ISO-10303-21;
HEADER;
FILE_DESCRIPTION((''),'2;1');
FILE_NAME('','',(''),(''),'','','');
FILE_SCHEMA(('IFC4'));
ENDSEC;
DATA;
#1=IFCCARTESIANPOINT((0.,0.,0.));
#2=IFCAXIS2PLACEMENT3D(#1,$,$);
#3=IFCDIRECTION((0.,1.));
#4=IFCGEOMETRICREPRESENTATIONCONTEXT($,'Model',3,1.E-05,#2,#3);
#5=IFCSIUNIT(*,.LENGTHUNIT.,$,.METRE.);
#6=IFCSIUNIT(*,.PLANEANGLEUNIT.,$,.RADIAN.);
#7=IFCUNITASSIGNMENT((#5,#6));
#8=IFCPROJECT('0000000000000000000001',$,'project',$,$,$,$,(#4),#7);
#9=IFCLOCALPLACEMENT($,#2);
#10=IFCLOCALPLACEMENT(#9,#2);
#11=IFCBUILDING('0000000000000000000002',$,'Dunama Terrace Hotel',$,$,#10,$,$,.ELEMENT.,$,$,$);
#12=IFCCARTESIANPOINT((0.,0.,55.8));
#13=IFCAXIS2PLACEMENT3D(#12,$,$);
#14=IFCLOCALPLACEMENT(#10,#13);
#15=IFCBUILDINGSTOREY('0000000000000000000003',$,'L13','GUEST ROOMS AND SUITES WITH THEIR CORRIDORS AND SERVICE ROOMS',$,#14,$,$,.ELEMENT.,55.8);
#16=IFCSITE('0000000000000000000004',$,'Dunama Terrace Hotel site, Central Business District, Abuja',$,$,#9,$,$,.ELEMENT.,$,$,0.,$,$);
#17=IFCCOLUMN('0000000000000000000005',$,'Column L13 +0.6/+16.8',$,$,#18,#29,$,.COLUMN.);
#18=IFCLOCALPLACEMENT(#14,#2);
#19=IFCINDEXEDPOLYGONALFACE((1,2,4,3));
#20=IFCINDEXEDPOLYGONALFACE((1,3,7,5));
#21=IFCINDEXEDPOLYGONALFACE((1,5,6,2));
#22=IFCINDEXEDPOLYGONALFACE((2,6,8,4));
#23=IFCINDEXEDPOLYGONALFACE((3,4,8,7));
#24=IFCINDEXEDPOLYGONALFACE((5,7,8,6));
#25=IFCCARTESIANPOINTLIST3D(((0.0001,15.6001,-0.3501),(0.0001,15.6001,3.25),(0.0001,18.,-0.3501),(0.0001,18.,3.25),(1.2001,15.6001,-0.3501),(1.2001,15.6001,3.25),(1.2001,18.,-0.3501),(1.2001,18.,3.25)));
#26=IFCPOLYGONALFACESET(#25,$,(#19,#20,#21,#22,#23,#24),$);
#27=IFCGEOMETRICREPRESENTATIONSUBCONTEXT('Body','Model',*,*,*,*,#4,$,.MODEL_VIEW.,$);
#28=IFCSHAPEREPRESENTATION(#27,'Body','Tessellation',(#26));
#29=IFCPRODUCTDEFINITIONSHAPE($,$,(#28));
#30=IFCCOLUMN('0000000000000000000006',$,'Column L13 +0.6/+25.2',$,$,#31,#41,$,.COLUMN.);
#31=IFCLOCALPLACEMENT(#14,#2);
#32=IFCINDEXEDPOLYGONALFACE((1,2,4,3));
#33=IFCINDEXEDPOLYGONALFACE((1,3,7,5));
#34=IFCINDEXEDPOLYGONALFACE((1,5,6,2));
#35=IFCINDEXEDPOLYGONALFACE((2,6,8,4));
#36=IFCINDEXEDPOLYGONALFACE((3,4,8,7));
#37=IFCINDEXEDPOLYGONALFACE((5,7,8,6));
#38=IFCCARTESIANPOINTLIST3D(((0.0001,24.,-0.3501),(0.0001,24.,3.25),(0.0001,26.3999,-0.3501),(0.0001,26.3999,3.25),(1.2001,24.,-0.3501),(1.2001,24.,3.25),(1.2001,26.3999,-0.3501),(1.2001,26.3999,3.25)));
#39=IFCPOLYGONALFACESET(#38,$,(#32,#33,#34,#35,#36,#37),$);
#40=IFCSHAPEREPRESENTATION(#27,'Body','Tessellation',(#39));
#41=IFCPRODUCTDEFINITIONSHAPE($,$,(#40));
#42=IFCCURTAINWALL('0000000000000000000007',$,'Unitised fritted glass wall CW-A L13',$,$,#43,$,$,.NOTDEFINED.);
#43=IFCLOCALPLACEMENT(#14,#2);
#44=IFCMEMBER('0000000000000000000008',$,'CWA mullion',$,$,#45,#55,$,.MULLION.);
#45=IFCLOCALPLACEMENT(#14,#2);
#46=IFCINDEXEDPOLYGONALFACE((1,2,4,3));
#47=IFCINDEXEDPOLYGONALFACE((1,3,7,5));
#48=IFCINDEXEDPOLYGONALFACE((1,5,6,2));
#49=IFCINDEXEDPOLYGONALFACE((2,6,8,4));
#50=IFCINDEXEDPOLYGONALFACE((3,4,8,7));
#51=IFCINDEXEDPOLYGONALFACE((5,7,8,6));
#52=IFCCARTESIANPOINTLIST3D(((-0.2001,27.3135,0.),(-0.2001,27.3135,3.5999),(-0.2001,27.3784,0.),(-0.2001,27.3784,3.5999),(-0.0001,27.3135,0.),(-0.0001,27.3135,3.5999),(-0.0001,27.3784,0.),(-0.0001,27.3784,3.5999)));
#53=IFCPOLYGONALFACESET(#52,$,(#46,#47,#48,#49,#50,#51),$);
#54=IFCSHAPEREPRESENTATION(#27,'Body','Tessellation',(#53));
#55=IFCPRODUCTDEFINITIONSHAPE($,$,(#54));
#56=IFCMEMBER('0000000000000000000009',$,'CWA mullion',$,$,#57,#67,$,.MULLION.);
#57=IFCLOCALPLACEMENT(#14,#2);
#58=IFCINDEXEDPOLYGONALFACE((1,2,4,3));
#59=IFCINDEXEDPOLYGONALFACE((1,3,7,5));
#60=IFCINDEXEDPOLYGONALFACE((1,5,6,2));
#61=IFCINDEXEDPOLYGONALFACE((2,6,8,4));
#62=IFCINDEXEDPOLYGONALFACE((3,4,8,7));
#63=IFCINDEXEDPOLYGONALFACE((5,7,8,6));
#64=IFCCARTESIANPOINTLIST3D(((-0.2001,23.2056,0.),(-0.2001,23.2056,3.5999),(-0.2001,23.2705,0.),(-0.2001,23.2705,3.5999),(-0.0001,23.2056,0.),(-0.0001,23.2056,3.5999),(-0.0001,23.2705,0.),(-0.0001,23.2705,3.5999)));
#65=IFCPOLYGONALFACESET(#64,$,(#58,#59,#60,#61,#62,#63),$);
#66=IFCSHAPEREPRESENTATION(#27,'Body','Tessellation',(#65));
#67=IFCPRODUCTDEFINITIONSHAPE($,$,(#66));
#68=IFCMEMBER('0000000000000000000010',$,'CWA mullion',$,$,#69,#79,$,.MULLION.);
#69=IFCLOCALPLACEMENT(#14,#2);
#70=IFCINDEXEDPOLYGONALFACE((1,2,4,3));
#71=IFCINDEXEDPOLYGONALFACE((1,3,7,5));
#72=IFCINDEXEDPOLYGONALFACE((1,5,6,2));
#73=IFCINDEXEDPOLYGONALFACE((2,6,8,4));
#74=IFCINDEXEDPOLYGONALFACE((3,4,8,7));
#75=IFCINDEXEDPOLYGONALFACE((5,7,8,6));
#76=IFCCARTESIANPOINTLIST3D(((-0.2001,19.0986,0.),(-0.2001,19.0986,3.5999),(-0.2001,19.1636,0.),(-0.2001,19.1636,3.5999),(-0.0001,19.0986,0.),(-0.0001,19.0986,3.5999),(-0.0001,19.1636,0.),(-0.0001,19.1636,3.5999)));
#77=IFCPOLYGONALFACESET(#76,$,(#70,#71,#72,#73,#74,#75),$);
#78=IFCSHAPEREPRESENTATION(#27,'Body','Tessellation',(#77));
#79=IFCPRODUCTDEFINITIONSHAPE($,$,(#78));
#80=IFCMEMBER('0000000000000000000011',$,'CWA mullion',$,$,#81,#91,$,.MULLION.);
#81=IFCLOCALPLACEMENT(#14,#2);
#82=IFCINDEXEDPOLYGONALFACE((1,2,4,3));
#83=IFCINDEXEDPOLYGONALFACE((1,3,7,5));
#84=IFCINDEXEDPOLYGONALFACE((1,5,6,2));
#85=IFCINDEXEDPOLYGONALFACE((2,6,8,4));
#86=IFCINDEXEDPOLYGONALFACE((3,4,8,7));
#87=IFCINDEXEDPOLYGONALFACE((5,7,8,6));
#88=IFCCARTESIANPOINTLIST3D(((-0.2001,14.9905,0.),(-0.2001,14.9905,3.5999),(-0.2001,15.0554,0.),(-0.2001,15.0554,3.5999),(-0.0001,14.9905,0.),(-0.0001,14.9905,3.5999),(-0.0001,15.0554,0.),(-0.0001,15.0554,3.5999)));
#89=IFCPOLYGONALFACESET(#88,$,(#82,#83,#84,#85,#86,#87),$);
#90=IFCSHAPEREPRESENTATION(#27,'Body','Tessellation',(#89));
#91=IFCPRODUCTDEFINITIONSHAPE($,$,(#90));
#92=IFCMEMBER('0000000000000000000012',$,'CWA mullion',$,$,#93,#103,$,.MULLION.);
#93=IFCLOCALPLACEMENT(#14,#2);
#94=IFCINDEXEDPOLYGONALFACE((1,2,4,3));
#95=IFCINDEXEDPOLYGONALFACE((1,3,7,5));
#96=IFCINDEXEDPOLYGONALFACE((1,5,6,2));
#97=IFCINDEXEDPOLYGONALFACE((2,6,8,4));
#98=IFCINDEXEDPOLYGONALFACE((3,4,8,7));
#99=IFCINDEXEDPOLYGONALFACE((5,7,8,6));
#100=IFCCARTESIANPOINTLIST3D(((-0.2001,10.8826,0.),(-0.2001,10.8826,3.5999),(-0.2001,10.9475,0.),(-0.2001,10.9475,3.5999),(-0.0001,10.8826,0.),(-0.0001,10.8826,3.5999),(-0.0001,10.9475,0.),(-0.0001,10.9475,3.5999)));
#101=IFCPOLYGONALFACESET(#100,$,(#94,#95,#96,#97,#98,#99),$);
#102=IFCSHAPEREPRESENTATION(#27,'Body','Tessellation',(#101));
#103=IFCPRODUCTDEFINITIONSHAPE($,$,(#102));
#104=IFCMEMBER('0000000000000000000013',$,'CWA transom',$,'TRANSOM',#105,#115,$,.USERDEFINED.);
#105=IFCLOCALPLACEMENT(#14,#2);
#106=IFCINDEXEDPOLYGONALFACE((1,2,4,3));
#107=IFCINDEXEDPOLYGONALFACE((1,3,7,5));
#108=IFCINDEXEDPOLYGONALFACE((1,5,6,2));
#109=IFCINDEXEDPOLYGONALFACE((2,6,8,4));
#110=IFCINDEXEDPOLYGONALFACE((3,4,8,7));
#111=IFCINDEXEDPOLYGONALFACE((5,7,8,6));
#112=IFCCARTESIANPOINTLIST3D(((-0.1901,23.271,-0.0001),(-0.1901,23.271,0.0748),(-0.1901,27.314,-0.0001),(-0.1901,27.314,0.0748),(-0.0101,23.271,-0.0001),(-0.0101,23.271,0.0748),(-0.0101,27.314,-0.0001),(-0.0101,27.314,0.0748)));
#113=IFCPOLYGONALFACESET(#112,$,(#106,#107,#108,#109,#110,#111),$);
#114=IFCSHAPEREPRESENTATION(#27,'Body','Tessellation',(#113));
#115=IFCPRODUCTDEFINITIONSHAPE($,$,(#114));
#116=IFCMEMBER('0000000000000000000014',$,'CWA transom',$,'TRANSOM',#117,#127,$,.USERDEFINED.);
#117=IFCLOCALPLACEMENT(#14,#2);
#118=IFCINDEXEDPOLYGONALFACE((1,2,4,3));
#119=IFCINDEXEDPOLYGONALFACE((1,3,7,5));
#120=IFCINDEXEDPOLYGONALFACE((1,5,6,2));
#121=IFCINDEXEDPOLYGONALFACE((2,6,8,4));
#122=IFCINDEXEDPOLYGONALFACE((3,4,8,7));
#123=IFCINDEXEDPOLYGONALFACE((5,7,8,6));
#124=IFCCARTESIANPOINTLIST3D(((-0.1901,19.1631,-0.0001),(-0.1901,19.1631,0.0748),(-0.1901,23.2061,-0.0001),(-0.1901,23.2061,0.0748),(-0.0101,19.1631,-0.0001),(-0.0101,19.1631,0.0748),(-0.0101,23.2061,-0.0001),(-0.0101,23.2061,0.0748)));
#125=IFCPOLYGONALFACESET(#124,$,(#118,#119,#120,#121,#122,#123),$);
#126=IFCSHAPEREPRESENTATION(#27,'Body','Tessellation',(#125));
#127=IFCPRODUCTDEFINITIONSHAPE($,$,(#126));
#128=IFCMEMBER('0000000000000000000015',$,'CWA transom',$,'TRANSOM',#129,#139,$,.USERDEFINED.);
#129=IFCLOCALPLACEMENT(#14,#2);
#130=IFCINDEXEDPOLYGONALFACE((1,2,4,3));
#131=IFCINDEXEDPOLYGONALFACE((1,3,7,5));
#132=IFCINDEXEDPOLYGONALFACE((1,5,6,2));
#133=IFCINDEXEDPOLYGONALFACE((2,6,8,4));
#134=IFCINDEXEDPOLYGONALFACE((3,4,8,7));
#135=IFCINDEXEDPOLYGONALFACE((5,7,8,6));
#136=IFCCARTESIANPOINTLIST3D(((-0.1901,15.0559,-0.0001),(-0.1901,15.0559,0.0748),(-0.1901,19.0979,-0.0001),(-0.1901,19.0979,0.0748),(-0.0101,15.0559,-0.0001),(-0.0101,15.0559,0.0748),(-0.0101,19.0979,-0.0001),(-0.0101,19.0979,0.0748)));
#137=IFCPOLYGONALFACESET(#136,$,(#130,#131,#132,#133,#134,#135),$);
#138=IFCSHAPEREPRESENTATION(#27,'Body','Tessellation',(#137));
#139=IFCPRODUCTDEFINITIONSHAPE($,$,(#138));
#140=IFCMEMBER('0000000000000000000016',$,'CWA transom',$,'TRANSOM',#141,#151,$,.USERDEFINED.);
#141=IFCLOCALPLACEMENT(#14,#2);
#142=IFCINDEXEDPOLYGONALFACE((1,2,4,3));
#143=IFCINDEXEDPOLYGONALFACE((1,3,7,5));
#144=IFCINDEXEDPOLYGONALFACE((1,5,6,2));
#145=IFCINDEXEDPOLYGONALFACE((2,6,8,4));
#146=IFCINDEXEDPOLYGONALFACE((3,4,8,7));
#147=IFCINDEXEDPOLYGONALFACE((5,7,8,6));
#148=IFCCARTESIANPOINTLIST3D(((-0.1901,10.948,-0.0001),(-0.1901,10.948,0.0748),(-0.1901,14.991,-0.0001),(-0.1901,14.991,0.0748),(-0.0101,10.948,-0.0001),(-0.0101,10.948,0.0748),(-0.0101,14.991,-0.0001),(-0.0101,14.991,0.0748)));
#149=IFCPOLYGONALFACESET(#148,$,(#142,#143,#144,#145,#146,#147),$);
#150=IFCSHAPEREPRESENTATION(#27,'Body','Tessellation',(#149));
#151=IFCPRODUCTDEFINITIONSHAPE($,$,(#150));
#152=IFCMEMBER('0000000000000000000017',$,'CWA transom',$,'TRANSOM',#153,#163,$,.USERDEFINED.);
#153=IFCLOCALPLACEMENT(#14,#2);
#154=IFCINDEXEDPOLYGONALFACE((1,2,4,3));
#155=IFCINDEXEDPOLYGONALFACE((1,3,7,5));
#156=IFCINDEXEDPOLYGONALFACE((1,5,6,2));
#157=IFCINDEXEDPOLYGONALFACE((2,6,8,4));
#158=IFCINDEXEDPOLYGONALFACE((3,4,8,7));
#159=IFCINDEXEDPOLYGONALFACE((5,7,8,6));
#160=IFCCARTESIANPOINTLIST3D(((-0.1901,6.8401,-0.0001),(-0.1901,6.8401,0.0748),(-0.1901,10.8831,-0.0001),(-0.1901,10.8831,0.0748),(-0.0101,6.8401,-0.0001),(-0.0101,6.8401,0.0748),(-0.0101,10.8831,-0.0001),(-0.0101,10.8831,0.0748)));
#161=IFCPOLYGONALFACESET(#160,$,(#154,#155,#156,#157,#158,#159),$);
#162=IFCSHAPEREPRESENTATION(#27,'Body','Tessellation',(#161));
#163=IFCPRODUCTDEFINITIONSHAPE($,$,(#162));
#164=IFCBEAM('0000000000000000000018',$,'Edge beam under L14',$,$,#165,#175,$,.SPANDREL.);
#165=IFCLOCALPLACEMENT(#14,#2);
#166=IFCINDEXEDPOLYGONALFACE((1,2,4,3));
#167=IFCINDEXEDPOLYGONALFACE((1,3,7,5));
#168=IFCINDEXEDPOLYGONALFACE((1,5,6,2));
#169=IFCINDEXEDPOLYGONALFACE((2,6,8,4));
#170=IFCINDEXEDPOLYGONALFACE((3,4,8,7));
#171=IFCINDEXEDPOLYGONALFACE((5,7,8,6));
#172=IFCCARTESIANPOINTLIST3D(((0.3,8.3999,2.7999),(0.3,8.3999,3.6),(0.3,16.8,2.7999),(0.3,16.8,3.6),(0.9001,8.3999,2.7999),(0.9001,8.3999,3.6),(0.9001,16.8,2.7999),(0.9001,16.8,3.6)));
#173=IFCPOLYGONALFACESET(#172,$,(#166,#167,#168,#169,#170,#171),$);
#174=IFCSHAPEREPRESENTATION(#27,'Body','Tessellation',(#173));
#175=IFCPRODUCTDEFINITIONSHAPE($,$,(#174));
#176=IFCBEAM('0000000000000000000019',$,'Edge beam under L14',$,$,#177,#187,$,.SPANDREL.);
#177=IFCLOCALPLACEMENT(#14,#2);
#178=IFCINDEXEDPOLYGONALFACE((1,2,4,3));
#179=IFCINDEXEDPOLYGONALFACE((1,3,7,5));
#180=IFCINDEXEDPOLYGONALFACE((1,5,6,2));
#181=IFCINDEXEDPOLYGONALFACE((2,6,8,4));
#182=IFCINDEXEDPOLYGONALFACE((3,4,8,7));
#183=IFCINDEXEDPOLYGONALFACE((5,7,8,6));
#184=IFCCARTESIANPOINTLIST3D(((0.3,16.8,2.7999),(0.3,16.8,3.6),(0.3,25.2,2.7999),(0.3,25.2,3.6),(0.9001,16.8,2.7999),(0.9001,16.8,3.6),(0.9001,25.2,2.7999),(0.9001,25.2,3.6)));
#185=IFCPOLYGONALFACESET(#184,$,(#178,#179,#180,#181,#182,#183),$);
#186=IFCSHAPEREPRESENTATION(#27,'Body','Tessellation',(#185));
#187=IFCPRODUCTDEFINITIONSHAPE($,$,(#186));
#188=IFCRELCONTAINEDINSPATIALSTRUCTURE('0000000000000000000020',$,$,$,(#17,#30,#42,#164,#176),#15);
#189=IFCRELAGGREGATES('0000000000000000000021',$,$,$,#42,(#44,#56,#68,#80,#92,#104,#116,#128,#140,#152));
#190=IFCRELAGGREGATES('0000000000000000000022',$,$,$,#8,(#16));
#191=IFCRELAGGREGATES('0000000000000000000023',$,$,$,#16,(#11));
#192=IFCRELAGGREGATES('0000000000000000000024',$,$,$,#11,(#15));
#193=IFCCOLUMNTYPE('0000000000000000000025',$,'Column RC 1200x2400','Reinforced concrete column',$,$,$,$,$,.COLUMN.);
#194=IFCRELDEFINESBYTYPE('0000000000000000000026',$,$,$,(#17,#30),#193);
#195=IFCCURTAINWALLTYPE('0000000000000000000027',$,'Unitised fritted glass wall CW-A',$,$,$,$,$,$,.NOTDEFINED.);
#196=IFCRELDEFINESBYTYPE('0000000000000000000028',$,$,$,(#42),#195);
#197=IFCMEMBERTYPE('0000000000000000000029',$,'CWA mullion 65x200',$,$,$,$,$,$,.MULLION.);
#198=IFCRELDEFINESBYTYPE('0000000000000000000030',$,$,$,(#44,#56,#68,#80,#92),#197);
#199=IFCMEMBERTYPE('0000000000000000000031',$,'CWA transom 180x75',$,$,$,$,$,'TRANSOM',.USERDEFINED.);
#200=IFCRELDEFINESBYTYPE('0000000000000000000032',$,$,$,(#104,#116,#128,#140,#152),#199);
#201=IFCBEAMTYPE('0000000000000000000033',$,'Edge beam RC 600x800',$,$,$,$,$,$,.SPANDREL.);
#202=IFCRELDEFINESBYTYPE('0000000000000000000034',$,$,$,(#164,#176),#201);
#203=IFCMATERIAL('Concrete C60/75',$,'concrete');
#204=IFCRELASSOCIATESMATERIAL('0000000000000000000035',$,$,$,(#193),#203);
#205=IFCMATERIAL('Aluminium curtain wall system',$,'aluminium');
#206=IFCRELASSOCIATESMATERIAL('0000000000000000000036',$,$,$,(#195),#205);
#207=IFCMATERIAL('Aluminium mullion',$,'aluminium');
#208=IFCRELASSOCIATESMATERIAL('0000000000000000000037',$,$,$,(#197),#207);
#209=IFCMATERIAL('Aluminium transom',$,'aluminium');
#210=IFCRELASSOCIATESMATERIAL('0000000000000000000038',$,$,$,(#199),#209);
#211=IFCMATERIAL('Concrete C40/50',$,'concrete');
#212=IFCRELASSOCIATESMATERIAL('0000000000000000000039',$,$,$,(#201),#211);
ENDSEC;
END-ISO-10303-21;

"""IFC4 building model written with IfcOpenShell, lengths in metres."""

from ifc_helpers import new_model, si_unit, direction, frame, origin, origin_2d, place, context, subcontext, project, spatial, rectangle, extrude, material, material_profile, profile_set, type_object, element, aggregate, save


model = new_model("IFC4")

# Units and contexts
model_context = context("Model", 3, precision=1e-05, world=origin(), true_north=direction((0.0, 1.0)))
body_context = subcontext(model_context, "Body", "Model", "MODEL_VIEW")
ifc_project = project(units=[si_unit("LENGTHUNIT", "METRE"), si_unit("PLANEANGLEUNIT", "RADIAN")], contexts=[model_context])

# Site, building, storey
site_placement = place(None, origin())
site = spatial("IfcSite", under=ifc_project, at=site_placement, Name="Dunama Terrace Hotel site, Central Business District, Abuja", CompositionType="ELEMENT", RefElevation=0.0)
building_placement = place(site_placement, origin())
building = spatial("IfcBuilding", under=site, at=building_placement, Name="Dunama Terrace Hotel", CompositionType="ELEMENT")
storey_placement = place(building_placement, frame((0.0, 0.0, 55.8)))
storey = spatial("IfcBuildingStorey", under=building, at=storey_placement, Name="L13", Description="GUEST ROOMS AND SUITES WITH THEIR CORRIDORS AND SERVICE ROOMS", CompositionType="ELEMENT", Elevation=55.8)

# Columns
ifc_material_1 = material(Name="Concrete C60/75", Category="concrete")
ifc_material_profile_1 = material_profile(ifc_material_1, rectangle(XDim=1.2, YDim=2.3999, at=origin_2d()), Name="RC 1200x2400")
ifc_profile_set_1 = profile_set([ifc_material_profile_1], Name="Concrete C60/75")
column_type = type_object("IfcColumnType", Name="Column RC 1200x2400", Description="Reinforced concrete column", PredefinedType="COLUMN", material=ifc_profile_set_1)
for number, where, z_axis, x_axis, name in (
    (1, (0.6001, 16.8, -0.3501), (0.0, 0.0, 1.0), (1.0, 0.0, 0.0), "Column L13 +0.6/+16.8"),
    (2, (0.6001, 25.2, -0.3501), (0.0, 0.0, 1.0), (1.0, 0.0, 0.0), "Column L13 +0.6/+25.2"),
):
    element("IfcColumn", number, at=place(storey_placement, frame(where, z_axis=z_axis, x_axis=x_axis)), inside=storey, type_object=column_type, Name=name, PredefinedType="COLUMN", context=body_context, shape_type="SweptSolid", body=[
        extrude(rectangle(XDim=1.2, YDim=2.3999, at=origin_2d()), origin(), (0.0, 0.0, 1.0), 3.6001),
    ])

# Curtain wall, members
ifc_material_2 = material(Name="Aluminium curtain wall system", Category="aluminium")
curtain_wall_type = type_object("IfcCurtainWallType", Name="Unitised fritted glass wall CW-A", PredefinedType="NOTDEFINED", material=ifc_material_2)
curtain_wall_placement = place(storey_placement, origin())
curtain_wall = element("IfcCurtainWall", 3, at=curtain_wall_placement, inside=storey, type_object=curtain_wall_type, Name="Unitised fritted glass wall CW-A L13", PredefinedType="NOTDEFINED")
ifc_material_3 = material(Name="Aluminium mullion", Category="aluminium")
ifc_material_profile_2 = material_profile(ifc_material_3, rectangle(XDim=0.0649, YDim=0.2, at=origin_2d()), Name="CWA MULLION 65X200")
ifc_profile_set_2 = profile_set([ifc_material_profile_2], Name="Aluminium mullion")
member_type_1 = type_object("IfcMemberType", Name="CWA mullion 65x200", PredefinedType="MULLION", material=ifc_profile_set_2)
member_1_placement = place(storey_placement, frame((-0.1001, 27.3459, 0.0), z_axis=(0.0, 0.0, 1.0), x_axis=(0.0, -1.0, 0.0)))
member_1 = element("IfcMember", 4, at=member_1_placement, type_object=member_type_1, Name="CWA mullion", PredefinedType="MULLION", context=body_context, shape_type="SweptSolid", body=[
    extrude(rectangle(XDim=0.0649, YDim=0.2, at=origin_2d()), origin(), (0.0, 0.0, 1.0), 3.5999),
])
member_2_placement = place(storey_placement, frame((-0.1001, 23.238, 0.0), z_axis=(0.0, 0.0, 1.0), x_axis=(0.0, -1.0, 0.0)))
member_2 = element("IfcMember", 5, at=member_2_placement, type_object=member_type_1, Name="CWA mullion", PredefinedType="MULLION", context=body_context, shape_type="SweptSolid", body=[
    extrude(rectangle(XDim=0.0649, YDim=0.2, at=origin_2d()), origin(), (0.0, 0.0, 1.0), 3.5999),
])
member_3_placement = place(storey_placement, frame((-0.1001, 19.1311, 0.0), z_axis=(0.0, 0.0, 1.0), x_axis=(0.0, -1.0, 0.0)))
member_3 = element("IfcMember", 6, at=member_3_placement, type_object=member_type_1, Name="CWA mullion", PredefinedType="MULLION", context=body_context, shape_type="SweptSolid", body=[
    extrude(rectangle(XDim=0.0649, YDim=0.2, at=origin_2d()), origin(), (0.0, 0.0, 1.0), 3.5999),
])
member_4_placement = place(storey_placement, frame((-0.1001, 15.0229, 0.0), z_axis=(0.0, 0.0, 1.0), x_axis=(0.0, -1.0, 0.0)))
member_4 = element("IfcMember", 7, at=member_4_placement, type_object=member_type_1, Name="CWA mullion", PredefinedType="MULLION", context=body_context, shape_type="SweptSolid", body=[
    extrude(rectangle(XDim=0.0649, YDim=0.2, at=origin_2d()), origin(), (0.0, 0.0, 1.0), 3.5999),
])
member_5_placement = place(storey_placement, frame((-0.1001, 10.915, 0.0), z_axis=(0.0, 0.0, 1.0), x_axis=(0.0, -1.0, 0.0)))
member_5 = element("IfcMember", 8, at=member_5_placement, type_object=member_type_1, Name="CWA mullion", PredefinedType="MULLION", context=body_context, shape_type="SweptSolid", body=[
    extrude(rectangle(XDim=0.0649, YDim=0.2, at=origin_2d()), origin(), (0.0, 0.0, 1.0), 3.5999),
])
ifc_material_4 = material(Name="Aluminium transom", Category="aluminium")
ifc_material_profile_3 = material_profile(ifc_material_4, rectangle(XDim=0.1799, YDim=0.075, at=origin_2d()), Name="CWA TRANSOM 180X75")
ifc_profile_set_3 = profile_set([ifc_material_profile_3], Name="Aluminium transom")
member_type_2 = type_object("IfcMemberType", Name="CWA transom 180x75", ElementType="TRANSOM", PredefinedType="USERDEFINED", material=ifc_profile_set_3)
member_6_placement = place(storey_placement, frame((-0.1001, 27.314, 0.0374), z_axis=(0.0, -1.0, 0.0), x_axis=(1.0, 0.0, 0.0)))
member_6 = element("IfcMember", 9, at=member_6_placement, type_object=member_type_2, Name="CWA transom", ObjectType="TRANSOM", PredefinedType="USERDEFINED", context=body_context, shape_type="SweptSolid", body=[
    extrude(rectangle(XDim=0.1799, YDim=0.075, at=origin_2d()), origin(), (0.0, 0.0, 1.0), 4.043),
])
member_7_placement = place(storey_placement, frame((-0.1001, 23.2061, 0.0374), z_axis=(0.0, -1.0, 0.0), x_axis=(1.0, 0.0, 0.0)))
member_7 = element("IfcMember", 10, at=member_7_placement, type_object=member_type_2, Name="CWA transom", ObjectType="TRANSOM", PredefinedType="USERDEFINED", context=body_context, shape_type="SweptSolid", body=[
    extrude(rectangle(XDim=0.1799, YDim=0.075, at=origin_2d()), origin(), (0.0, 0.0, 1.0), 4.043),
])
member_8_placement = place(storey_placement, frame((-0.1001, 19.0979, 0.0374), z_axis=(0.0, -1.0, 0.0), x_axis=(1.0, 0.0, 0.0)))
member_8 = element("IfcMember", 11, at=member_8_placement, type_object=member_type_2, Name="CWA transom", ObjectType="TRANSOM", PredefinedType="USERDEFINED", context=body_context, shape_type="SweptSolid", body=[
    extrude(rectangle(XDim=0.1799, YDim=0.075, at=origin_2d()), origin(), (0.0, 0.0, 1.0), 4.042),
])
member_9_placement = place(storey_placement, frame((-0.1001, 14.991, 0.0374), z_axis=(0.0, -1.0, 0.0), x_axis=(1.0, 0.0, 0.0)))
member_9 = element("IfcMember", 12, at=member_9_placement, type_object=member_type_2, Name="CWA transom", ObjectType="TRANSOM", PredefinedType="USERDEFINED", context=body_context, shape_type="SweptSolid", body=[
    extrude(rectangle(XDim=0.1799, YDim=0.075, at=origin_2d()), origin(), (0.0, 0.0, 1.0), 4.043),
])
member_10_placement = place(storey_placement, frame((-0.1001, 10.8831, 0.0374), z_axis=(0.0, -1.0, 0.0), x_axis=(1.0, 0.0, 0.0)))
member_10 = element("IfcMember", 13, at=member_10_placement, type_object=member_type_2, Name="CWA transom", ObjectType="TRANSOM", PredefinedType="USERDEFINED", context=body_context, shape_type="SweptSolid", body=[
    extrude(rectangle(XDim=0.1799, YDim=0.075, at=origin_2d()), origin(), (0.0, 0.0, 1.0), 4.043),
])

# Beams
ifc_material_5 = material(Name="Concrete C40/50", Category="concrete")
ifc_material_profile_4 = material_profile(ifc_material_5, rectangle(XDim=0.6001, YDim=0.8, at=origin_2d()), Name="RC 600x800")
ifc_profile_set_4 = profile_set([ifc_material_profile_4], Name="Concrete C40/50")
beam_type = type_object("IfcBeamType", Name="Edge beam RC 600x800", PredefinedType="SPANDREL", material=ifc_profile_set_4)
beam_1_placement = place(storey_placement, frame((0.6001, 8.3999, 3.2), z_axis=(0.0, 1.0, 0.0), x_axis=(-1.0, 0.0, 0.0)))
element("IfcBeam", 14, at=beam_1_placement, inside=storey, type_object=beam_type, Name="Edge beam under L14", PredefinedType="SPANDREL", context=body_context, shape_type="SweptSolid", body=[
    extrude(rectangle(XDim=0.6001, YDim=0.8, at=origin_2d()), origin(), (0.0, 0.0, 1.0), 8.4001),
])
beam_2_placement = place(storey_placement, frame((0.6001, 16.8, 3.2), z_axis=(0.0, 1.0, 0.0), x_axis=(-1.0, 0.0, 0.0)))
element("IfcBeam", 15, at=beam_2_placement, inside=storey, type_object=beam_type, Name="Edge beam under L14", PredefinedType="SPANDREL", context=body_context, shape_type="SweptSolid", body=[
    extrude(rectangle(XDim=0.6001, YDim=0.8, at=origin_2d()), origin(), (0.0, 0.0, 1.0), 8.3999),
])

aggregate(curtain_wall, [member_1, member_2, member_3, member_4, member_5, member_6, member_7, member_8, member_9, member_10])

save(model, "model.ifc")
